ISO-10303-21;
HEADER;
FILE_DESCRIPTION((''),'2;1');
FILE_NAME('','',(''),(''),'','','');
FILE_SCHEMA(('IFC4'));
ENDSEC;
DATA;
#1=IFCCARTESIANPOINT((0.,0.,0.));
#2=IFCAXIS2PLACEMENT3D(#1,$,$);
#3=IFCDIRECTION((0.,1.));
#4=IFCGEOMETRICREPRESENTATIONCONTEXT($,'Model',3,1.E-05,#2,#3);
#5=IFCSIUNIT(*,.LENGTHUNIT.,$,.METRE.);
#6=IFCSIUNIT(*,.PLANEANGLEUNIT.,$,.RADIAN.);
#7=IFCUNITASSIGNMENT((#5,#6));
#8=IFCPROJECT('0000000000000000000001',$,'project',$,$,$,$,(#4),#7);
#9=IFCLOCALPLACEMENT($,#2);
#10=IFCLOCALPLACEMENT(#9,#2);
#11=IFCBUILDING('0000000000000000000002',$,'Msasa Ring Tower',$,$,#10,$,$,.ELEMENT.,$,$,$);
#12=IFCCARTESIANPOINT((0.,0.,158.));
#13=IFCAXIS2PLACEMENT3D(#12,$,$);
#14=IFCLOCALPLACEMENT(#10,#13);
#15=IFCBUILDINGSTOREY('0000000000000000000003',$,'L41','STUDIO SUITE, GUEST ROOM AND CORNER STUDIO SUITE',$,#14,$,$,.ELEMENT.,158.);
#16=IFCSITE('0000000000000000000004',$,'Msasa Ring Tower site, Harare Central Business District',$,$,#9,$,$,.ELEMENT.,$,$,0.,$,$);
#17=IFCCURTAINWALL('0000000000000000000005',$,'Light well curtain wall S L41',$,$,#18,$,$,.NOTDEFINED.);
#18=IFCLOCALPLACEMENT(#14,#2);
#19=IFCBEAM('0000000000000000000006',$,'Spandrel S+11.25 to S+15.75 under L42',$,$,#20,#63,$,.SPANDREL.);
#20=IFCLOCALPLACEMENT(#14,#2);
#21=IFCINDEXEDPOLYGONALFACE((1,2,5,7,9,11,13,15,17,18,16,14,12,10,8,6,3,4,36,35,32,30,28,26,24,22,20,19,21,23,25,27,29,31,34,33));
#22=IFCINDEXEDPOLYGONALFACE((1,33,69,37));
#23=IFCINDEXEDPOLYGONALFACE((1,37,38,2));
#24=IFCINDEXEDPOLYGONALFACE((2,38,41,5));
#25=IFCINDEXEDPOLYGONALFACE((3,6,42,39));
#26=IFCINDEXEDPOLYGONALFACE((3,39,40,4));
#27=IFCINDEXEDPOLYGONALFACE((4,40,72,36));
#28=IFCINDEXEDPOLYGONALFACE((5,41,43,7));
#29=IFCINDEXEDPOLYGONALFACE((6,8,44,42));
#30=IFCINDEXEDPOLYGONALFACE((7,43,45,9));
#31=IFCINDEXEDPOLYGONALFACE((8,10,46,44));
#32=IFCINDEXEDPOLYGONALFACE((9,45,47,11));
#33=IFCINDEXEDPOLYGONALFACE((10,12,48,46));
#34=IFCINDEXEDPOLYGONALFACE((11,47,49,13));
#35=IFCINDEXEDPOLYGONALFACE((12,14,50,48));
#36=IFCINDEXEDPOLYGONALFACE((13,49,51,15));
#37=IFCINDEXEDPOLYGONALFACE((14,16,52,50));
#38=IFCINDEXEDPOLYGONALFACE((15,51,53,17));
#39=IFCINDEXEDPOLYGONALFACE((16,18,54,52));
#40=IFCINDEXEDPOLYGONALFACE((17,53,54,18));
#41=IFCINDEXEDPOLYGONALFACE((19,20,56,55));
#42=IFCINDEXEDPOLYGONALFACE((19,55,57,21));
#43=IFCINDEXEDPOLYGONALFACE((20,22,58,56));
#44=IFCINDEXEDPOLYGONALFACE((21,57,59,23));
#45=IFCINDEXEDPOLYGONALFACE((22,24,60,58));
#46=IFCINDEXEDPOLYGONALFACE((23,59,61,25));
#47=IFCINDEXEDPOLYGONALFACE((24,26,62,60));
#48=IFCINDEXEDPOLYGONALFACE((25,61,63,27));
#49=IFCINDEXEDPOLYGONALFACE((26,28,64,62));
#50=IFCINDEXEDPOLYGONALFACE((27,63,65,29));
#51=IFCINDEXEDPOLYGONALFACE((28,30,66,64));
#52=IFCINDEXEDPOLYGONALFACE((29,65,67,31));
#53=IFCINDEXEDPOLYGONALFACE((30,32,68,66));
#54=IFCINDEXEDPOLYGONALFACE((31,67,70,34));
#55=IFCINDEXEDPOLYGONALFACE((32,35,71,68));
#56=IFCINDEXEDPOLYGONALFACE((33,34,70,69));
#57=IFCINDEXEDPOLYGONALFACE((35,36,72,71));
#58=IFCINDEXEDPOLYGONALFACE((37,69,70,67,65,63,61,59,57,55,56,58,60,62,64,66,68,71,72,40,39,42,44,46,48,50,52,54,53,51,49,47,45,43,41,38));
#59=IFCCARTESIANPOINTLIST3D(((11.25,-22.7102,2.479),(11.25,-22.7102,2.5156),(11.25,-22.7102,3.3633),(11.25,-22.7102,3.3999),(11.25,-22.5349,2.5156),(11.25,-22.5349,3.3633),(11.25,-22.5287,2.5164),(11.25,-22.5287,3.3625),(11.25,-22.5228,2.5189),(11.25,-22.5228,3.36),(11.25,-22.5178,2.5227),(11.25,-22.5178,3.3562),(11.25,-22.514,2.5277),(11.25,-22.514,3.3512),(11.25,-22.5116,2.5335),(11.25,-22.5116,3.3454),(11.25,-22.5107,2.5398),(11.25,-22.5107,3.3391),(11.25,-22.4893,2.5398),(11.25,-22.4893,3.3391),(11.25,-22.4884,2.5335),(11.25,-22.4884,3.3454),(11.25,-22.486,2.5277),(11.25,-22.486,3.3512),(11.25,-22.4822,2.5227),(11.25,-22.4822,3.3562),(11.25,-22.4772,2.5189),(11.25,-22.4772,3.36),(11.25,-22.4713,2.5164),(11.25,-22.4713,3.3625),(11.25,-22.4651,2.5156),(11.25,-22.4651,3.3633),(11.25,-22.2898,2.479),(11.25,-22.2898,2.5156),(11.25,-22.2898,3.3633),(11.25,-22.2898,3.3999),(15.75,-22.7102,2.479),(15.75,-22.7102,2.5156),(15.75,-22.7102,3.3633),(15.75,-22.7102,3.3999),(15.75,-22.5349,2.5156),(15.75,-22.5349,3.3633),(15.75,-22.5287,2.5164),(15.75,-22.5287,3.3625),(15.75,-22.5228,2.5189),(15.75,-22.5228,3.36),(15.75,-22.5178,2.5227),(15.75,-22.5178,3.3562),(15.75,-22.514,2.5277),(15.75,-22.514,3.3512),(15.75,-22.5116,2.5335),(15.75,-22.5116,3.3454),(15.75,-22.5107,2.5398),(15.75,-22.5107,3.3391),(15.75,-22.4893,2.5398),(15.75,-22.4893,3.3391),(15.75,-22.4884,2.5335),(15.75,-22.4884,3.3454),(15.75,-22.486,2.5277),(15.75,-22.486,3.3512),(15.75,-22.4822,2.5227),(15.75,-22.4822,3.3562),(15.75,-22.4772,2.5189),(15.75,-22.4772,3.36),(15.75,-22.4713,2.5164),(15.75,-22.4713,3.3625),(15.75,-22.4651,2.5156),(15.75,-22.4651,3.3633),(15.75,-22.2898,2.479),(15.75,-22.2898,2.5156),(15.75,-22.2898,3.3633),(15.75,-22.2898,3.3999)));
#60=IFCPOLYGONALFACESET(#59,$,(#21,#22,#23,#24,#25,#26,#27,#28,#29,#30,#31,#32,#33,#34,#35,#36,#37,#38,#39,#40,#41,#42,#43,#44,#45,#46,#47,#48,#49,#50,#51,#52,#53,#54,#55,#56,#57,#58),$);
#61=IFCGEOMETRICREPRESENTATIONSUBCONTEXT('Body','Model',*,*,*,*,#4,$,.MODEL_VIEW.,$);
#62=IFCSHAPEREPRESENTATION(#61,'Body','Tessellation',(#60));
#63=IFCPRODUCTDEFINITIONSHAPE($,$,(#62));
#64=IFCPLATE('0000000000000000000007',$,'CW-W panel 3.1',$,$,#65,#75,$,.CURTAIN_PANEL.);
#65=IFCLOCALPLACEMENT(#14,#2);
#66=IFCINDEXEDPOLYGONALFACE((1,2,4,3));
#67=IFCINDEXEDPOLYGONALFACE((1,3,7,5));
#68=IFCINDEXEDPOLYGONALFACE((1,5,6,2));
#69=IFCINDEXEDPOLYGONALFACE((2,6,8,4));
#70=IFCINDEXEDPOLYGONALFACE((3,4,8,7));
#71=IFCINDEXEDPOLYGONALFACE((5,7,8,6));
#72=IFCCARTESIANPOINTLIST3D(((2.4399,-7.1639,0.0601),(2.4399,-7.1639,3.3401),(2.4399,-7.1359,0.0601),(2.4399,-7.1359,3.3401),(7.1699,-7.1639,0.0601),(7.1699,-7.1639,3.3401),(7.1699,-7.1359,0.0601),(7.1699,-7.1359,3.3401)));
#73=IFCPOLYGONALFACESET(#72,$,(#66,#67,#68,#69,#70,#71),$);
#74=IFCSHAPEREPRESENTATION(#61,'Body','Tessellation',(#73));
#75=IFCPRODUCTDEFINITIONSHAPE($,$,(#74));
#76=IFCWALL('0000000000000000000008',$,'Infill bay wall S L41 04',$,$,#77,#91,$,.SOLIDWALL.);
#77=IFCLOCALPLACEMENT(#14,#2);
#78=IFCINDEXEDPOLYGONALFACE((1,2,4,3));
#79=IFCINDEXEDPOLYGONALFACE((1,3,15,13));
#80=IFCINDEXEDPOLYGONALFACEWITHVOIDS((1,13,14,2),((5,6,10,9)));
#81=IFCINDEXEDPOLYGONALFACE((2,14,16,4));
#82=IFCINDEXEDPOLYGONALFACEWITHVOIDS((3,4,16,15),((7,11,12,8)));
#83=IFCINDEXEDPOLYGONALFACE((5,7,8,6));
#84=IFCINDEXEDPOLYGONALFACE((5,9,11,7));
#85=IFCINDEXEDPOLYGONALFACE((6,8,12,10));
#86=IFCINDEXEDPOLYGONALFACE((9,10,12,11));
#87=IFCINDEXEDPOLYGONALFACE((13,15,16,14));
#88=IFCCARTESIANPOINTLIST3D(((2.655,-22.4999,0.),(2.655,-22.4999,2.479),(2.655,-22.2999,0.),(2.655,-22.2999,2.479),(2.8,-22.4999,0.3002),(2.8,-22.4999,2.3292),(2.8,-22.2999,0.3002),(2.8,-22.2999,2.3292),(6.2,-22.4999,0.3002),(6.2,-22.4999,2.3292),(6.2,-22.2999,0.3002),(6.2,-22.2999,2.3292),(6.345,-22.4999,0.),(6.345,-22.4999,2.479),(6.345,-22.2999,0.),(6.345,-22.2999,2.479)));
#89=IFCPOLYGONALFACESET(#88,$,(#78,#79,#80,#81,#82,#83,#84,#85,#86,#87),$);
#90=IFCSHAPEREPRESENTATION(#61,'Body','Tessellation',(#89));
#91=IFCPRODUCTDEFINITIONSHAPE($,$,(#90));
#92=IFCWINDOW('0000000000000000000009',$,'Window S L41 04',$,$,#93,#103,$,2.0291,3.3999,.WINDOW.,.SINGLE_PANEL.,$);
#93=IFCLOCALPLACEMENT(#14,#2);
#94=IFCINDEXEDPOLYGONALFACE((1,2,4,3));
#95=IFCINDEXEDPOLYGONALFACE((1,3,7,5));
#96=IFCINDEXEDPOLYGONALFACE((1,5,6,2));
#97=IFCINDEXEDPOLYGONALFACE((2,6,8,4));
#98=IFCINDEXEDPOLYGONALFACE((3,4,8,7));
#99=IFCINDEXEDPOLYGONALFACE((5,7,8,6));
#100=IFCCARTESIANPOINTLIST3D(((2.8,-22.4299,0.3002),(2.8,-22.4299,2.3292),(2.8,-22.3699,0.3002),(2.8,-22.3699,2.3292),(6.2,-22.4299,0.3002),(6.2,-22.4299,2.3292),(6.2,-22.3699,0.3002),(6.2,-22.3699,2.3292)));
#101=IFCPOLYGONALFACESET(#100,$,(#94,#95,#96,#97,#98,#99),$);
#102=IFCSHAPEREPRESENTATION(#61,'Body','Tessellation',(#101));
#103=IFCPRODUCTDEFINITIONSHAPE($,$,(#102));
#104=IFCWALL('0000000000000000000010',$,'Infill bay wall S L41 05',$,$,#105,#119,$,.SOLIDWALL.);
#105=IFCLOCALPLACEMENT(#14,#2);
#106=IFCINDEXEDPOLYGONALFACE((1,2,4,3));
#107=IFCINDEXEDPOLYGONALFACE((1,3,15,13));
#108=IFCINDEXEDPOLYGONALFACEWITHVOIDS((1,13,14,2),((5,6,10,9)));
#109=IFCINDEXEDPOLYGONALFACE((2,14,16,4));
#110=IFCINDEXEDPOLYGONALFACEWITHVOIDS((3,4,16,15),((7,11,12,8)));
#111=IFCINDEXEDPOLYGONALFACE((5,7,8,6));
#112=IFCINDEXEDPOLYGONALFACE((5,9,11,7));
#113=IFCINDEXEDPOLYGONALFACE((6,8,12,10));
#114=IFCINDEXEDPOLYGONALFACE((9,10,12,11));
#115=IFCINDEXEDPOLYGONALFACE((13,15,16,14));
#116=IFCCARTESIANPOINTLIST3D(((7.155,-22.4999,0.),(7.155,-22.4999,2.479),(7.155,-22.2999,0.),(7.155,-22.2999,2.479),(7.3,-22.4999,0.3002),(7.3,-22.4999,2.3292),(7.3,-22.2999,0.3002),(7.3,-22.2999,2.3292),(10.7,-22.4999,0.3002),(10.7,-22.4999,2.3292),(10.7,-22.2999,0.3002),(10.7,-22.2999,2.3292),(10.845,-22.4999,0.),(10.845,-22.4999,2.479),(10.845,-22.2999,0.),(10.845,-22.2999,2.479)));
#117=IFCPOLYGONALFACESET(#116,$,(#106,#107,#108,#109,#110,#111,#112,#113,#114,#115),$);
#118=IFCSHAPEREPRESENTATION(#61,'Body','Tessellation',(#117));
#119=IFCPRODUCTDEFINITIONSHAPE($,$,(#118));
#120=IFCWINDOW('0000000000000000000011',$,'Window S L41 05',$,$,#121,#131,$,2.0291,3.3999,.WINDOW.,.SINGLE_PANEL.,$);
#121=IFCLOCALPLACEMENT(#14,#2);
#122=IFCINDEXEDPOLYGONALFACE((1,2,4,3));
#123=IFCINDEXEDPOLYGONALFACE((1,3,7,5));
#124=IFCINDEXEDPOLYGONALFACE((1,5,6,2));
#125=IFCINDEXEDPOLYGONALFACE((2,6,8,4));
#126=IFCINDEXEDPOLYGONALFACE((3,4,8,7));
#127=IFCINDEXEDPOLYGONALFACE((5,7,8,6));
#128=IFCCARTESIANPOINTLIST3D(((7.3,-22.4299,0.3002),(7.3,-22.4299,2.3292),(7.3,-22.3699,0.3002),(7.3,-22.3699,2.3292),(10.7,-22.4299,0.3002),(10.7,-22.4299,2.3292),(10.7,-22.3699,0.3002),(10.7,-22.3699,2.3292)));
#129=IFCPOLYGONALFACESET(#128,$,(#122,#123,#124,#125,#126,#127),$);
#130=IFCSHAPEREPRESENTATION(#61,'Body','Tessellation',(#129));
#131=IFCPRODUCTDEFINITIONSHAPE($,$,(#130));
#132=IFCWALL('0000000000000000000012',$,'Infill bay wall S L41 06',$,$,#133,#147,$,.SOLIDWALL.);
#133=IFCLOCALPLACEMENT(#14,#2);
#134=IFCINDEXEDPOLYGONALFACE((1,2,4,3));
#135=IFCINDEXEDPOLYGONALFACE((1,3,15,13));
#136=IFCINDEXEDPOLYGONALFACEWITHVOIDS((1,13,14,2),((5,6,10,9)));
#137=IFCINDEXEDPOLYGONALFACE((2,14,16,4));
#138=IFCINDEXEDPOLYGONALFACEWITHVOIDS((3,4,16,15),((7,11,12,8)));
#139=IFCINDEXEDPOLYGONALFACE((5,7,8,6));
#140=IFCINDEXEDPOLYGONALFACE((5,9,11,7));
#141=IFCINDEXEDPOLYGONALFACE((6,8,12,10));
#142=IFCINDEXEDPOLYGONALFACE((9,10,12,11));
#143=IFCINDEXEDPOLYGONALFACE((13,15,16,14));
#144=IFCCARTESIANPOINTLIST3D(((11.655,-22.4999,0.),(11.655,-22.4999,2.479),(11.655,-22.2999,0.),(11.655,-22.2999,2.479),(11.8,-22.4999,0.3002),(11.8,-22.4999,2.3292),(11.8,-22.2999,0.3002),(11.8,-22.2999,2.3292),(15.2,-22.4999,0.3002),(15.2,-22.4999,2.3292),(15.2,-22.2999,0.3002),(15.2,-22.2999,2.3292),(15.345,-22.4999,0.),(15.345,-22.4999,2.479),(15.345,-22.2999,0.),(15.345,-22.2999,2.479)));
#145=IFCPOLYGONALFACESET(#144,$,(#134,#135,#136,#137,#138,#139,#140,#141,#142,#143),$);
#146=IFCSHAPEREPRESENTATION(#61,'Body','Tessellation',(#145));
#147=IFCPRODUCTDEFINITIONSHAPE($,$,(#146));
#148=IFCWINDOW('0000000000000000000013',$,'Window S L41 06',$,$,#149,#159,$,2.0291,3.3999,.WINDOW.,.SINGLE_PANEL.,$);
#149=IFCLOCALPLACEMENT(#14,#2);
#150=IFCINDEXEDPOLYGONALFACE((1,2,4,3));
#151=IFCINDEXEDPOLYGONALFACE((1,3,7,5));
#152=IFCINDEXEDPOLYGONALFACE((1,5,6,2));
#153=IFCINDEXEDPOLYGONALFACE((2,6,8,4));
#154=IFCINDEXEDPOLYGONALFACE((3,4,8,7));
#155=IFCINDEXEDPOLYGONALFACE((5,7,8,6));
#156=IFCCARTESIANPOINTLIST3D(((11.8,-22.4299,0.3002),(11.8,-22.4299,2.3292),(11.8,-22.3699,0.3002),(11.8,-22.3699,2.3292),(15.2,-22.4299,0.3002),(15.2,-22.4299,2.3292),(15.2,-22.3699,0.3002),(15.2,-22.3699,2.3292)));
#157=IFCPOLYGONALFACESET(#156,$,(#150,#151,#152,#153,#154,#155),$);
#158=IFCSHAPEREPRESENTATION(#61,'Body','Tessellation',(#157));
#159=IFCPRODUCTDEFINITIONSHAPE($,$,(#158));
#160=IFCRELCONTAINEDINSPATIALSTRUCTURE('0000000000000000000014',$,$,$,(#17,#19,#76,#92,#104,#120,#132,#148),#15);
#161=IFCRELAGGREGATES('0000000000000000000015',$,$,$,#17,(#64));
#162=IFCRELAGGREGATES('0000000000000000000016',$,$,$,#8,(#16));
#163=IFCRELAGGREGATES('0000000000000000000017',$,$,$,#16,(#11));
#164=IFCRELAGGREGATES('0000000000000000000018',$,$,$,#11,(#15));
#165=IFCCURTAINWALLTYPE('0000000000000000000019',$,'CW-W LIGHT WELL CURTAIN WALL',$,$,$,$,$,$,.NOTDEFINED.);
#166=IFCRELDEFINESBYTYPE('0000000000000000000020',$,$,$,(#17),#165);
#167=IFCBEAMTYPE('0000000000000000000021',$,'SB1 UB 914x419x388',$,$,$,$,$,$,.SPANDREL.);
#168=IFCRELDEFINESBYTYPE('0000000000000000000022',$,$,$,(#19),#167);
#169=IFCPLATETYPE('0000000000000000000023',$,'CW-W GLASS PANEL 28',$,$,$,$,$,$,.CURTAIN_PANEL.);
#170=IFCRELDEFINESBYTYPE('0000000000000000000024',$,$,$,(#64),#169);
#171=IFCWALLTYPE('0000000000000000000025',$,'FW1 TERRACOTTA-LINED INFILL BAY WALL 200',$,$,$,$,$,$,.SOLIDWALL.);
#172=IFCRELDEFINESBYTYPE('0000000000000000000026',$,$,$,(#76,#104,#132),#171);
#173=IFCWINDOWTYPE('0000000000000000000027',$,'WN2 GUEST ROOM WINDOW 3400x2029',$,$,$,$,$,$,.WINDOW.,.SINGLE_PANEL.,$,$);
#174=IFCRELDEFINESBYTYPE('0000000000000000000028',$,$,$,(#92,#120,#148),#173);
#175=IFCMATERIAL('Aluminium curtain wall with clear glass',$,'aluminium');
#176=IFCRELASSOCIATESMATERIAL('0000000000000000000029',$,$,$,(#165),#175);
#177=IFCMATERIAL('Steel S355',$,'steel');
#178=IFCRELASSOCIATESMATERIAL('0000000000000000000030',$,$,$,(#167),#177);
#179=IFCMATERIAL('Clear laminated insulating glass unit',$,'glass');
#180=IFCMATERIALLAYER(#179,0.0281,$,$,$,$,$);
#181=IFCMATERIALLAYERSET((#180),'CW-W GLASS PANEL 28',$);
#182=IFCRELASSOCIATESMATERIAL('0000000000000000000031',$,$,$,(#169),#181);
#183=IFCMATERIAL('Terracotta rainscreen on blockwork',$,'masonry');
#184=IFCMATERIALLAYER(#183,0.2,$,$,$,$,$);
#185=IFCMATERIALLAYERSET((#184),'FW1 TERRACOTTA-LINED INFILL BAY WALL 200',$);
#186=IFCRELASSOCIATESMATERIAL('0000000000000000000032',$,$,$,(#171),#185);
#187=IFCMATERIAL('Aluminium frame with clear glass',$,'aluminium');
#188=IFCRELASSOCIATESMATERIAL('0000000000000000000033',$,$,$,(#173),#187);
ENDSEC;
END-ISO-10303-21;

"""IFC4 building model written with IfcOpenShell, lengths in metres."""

from ifc_helpers import new_model, si_unit, direction, frame, frame_2d, origin, origin_2d, place, context, subcontext, project, spatial, rectangle, i_section, extrude, material, layer, layer_set, material_profile, profile_set, type_object, element, fill, aggregate, save


model = new_model("IFC4")

# Units and contexts
model_context = context("Model", 3, precision=1e-05, world=origin(), true_north=direction((0.0, 1.0)))
body_context = subcontext(model_context, "Body", "Model", "MODEL_VIEW")
ifc_project = project(units=[si_unit("LENGTHUNIT", "METRE"), si_unit("PLANEANGLEUNIT", "RADIAN")], contexts=[model_context])

# Site, building, storey
site_placement = place(None, origin())
site = spatial("IfcSite", under=ifc_project, at=site_placement, Name="Msasa Ring Tower site, Harare Central Business District", CompositionType="ELEMENT", RefElevation=0.0)
building_placement = place(site_placement, origin())
building = spatial("IfcBuilding", under=site, at=building_placement, Name="Msasa Ring Tower", CompositionType="ELEMENT")
storey_placement = place(building_placement, frame((0.0, 0.0, 158.0)))
storey = spatial("IfcBuildingStorey", under=building, at=storey_placement, Name="L41", Description="STUDIO SUITE, GUEST ROOM AND CORNER STUDIO SUITE", CompositionType="ELEMENT", Elevation=158.0)

# Curtain wall
ifc_material_1 = material(Name="Aluminium curtain wall with clear glass", Category="aluminium")
curtain_wall_type = type_object("IfcCurtainWallType", Name="CW-W LIGHT WELL CURTAIN WALL", PredefinedType="NOTDEFINED", material=ifc_material_1)
curtain_wall_1_placement = place(storey_placement, origin())
curtain_wall_1 = element("IfcCurtainWall", 1, at=curtain_wall_1_placement, inside=storey, type_object=curtain_wall_type, Name="Light well curtain wall S L41", PredefinedType="NOTDEFINED")

# Beam
ifc_material_2 = material(Name="Steel S355", Category="steel")
ifc_material_profile_1 = material_profile(ifc_material_2, i_section(OverallWidth=0.4204, OverallDepth=0.9209, WebThickness=0.0215, FlangeThickness=0.0366, FilletRadius=0.0242, at=origin_2d()), Name="UB 914x419x388")
ifc_profile_set_1 = profile_set([ifc_material_profile_1], Name="Steel S355")
beam_type_1 = type_object("IfcBeamType", Name="SB1 UB 914x419x388", PredefinedType="SPANDREL", material=ifc_profile_set_1)
for number, where, z_axis, x_axis, name in (
    (2, (11.25, -22.5, 2.9395), (1.0, 0.0, 0.0), (0.0, 1.0, 0.0), "Spandrel S+11.25 to S+15.75 under L42"),
):
    element("IfcBeam", number, at=place(storey_placement, frame(where, z_axis=z_axis, x_axis=x_axis)), inside=storey, type_object=beam_type_1, Name=name, PredefinedType="SPANDREL", context=body_context, shape_type="SweptSolid", body=[
        extrude(i_section(OverallWidth=0.4204, OverallDepth=0.9209, WebThickness=0.0215, FlangeThickness=0.0366, FilletRadius=0.0242, at=origin_2d()), origin(), (0.0, 0.0, 1.0), 4.5),
    ])

# Plate
ifc_material_3 = material(Name="Clear laminated insulating glass unit", Category="glass")
ifc_layer_1 = layer(ifc_material_3, 0.0281)
ifc_layer_set_1 = layer_set([ifc_layer_1], Name="CW-W GLASS PANEL 28")
plate_type = type_object("IfcPlateType", Name="CW-W GLASS PANEL 28", PredefinedType="CURTAIN_PANEL", material=ifc_layer_set_1)
plate_placement = place(storey_placement, frame((4.8049, -7.1499, 0.0601), z_axis=(0.0, 0.0, 1.0), x_axis=(1.0, 0.0, 0.0)))
plate = element("IfcPlate", 3, at=plate_placement, type_object=plate_type, Name="CW-W panel 3.1", PredefinedType="CURTAIN_PANEL", context=body_context, shape_type="SweptSolid", body=[
    extrude(rectangle(XDim=4.73, YDim=0.0281, at=origin_2d()), origin(), (0.0, 0.0, 1.0), 3.28),
])
aggregate(curtain_wall_1, [plate])

# Walls, openings, windows
ifc_material_4 = material(Name="Terracotta rainscreen on blockwork", Category="masonry")
ifc_layer_2 = layer(ifc_material_4, 0.2)
ifc_layer_set_2 = layer_set([ifc_layer_2], Name="FW1 TERRACOTTA-LINED INFILL BAY WALL 200")
wall_type_1 = type_object("IfcWallType", Name="FW1 TERRACOTTA-LINED INFILL BAY WALL 200", PredefinedType="SOLIDWALL", material=ifc_layer_set_2)
wall_1_placement = place(storey_placement, frame((2.655, -22.3999, 0.0), z_axis=(0.0, 0.0, 1.0), x_axis=(1.0, 0.0, 0.0)))
wall_1 = element("IfcWall", 4, at=wall_1_placement, inside=storey, type_object=wall_type_1, Name="Infill bay wall S L41 04", PredefinedType="SOLIDWALL", context=body_context, shape_type="SweptSolid", body=[
    extrude(rectangle(XDim=3.6899, YDim=0.2, at=frame_2d((1.845, 0.0))), origin(), (0.0, 0.0, 1.0), 2.479),
])
opening_1_placement = place(wall_1_placement, frame((0.145, 0.0, 0.3)))
opening_1 = element("IfcOpeningElement", 5, at=opening_1_placement, cuts=wall_1, PredefinedType="OPENING", context=body_context, shape_type="SweptSolid", body=[
    extrude(rectangle(XDim=3.3999, YDim=2.0291, at=frame_2d((1.7, 1.0146))), frame((0.0, 0.1099, 0.0), z_axis=(0.0, -1.0, 0.0), x_axis=(1.0, 0.0, 0.0)), (0.0, 0.0, 1.0), 0.22),
])
ifc_material_5 = material(Name="Aluminium frame with clear glass", Category="aluminium")
window_type = type_object("IfcWindowType", Name="WN2 GUEST ROOM WINDOW 3400x2029", PartitioningType="SINGLE_PANEL", PredefinedType="WINDOW", material=ifc_material_5)
window_1_placement = place(opening_1_placement, origin())
window_1 = element("IfcWindow", 6, at=window_1_placement, inside=storey, type_object=window_type, Name="Window S L41 04", OverallHeight=2.0291, OverallWidth=3.3999, PartitioningType="SINGLE_PANEL", PredefinedType="WINDOW", context=body_context, shape_type="SweptSolid", body=[
    extrude(rectangle(XDim=3.3999, YDim=2.0291, at=frame_2d((1.7, 1.0146))), frame((0.0, 0.03, 0.0), z_axis=(0.0, -1.0, 0.0), x_axis=(1.0, 0.0, 0.0)), (0.0, 0.0, 1.0), 0.0601),
])
fill(opening_1, window_1)
wall_2_placement = place(storey_placement, frame((7.155, -22.3999, 0.0), z_axis=(0.0, 0.0, 1.0), x_axis=(1.0, 0.0, 0.0)))
wall_2 = element("IfcWall", 7, at=wall_2_placement, inside=storey, type_object=wall_type_1, Name="Infill bay wall S L41 05", PredefinedType="SOLIDWALL", context=body_context, shape_type="SweptSolid", body=[
    extrude(rectangle(XDim=3.6899, YDim=0.2, at=frame_2d((1.845, 0.0))), origin(), (0.0, 0.0, 1.0), 2.479),
])
opening_2_placement = place(wall_2_placement, frame((0.145, 0.0, 0.3)))
opening_2 = element("IfcOpeningElement", 8, at=opening_2_placement, cuts=wall_2, PredefinedType="OPENING", context=body_context, shape_type="SweptSolid", body=[
    extrude(rectangle(XDim=3.3999, YDim=2.0291, at=frame_2d((1.7, 1.0146))), frame((0.0, 0.1099, 0.0), z_axis=(0.0, -1.0, 0.0), x_axis=(1.0, 0.0, 0.0)), (0.0, 0.0, 1.0), 0.22),
])
window_2_placement = place(opening_2_placement, origin())
window_2 = element("IfcWindow", 9, at=window_2_placement, inside=storey, type_object=window_type, Name="Window S L41 05", OverallHeight=2.0291, OverallWidth=3.3999, PartitioningType="SINGLE_PANEL", PredefinedType="WINDOW", context=body_context, shape_type="SweptSolid", body=[
    extrude(rectangle(XDim=3.3999, YDim=2.0291, at=frame_2d((1.7, 1.0146))), frame((0.0, 0.03, 0.0), z_axis=(0.0, -1.0, 0.0), x_axis=(1.0, 0.0, 0.0)), (0.0, 0.0, 1.0), 0.0601),
])
fill(opening_2, window_2)
wall_3_placement = place(storey_placement, frame((11.655, -22.3999, 0.0), z_axis=(0.0, 0.0, 1.0), x_axis=(1.0, 0.0, 0.0)))
wall_3 = element("IfcWall", 10, at=wall_3_placement, inside=storey, type_object=wall_type_1, Name="Infill bay wall S L41 06", PredefinedType="SOLIDWALL", context=body_context, shape_type="SweptSolid", body=[
    extrude(rectangle(XDim=3.6899, YDim=0.2, at=frame_2d((1.845, 0.0))), origin(), (0.0, 0.0, 1.0), 2.479),
])
opening_3_placement = place(wall_3_placement, frame((0.145, 0.0, 0.3)))
opening_3 = element("IfcOpeningElement", 11, at=opening_3_placement, cuts=wall_3, PredefinedType="OPENING", context=body_context, shape_type="SweptSolid", body=[
    extrude(rectangle(XDim=3.3999, YDim=2.0291, at=frame_2d((1.7, 1.0146))), frame((0.0, 0.1099, 0.0), z_axis=(0.0, -1.0, 0.0), x_axis=(1.0, 0.0, 0.0)), (0.0, 0.0, 1.0), 0.22),
])
window_3_placement = place(opening_3_placement, origin())
window_3 = element("IfcWindow", 12, at=window_3_placement, inside=storey, type_object=window_type, Name="Window S L41 06", OverallHeight=2.0291, OverallWidth=3.3999, PartitioningType="SINGLE_PANEL", PredefinedType="WINDOW", context=body_context, shape_type="SweptSolid", body=[
    extrude(rectangle(XDim=3.3999, YDim=2.0291, at=frame_2d((1.7, 1.0146))), frame((0.0, 0.03, 0.0), z_axis=(0.0, -1.0, 0.0), x_axis=(1.0, 0.0, 0.0)), (0.0, 0.0, 1.0), 0.0601),
])
fill(opening_3, window_3)

save(model, "model.ifc")
